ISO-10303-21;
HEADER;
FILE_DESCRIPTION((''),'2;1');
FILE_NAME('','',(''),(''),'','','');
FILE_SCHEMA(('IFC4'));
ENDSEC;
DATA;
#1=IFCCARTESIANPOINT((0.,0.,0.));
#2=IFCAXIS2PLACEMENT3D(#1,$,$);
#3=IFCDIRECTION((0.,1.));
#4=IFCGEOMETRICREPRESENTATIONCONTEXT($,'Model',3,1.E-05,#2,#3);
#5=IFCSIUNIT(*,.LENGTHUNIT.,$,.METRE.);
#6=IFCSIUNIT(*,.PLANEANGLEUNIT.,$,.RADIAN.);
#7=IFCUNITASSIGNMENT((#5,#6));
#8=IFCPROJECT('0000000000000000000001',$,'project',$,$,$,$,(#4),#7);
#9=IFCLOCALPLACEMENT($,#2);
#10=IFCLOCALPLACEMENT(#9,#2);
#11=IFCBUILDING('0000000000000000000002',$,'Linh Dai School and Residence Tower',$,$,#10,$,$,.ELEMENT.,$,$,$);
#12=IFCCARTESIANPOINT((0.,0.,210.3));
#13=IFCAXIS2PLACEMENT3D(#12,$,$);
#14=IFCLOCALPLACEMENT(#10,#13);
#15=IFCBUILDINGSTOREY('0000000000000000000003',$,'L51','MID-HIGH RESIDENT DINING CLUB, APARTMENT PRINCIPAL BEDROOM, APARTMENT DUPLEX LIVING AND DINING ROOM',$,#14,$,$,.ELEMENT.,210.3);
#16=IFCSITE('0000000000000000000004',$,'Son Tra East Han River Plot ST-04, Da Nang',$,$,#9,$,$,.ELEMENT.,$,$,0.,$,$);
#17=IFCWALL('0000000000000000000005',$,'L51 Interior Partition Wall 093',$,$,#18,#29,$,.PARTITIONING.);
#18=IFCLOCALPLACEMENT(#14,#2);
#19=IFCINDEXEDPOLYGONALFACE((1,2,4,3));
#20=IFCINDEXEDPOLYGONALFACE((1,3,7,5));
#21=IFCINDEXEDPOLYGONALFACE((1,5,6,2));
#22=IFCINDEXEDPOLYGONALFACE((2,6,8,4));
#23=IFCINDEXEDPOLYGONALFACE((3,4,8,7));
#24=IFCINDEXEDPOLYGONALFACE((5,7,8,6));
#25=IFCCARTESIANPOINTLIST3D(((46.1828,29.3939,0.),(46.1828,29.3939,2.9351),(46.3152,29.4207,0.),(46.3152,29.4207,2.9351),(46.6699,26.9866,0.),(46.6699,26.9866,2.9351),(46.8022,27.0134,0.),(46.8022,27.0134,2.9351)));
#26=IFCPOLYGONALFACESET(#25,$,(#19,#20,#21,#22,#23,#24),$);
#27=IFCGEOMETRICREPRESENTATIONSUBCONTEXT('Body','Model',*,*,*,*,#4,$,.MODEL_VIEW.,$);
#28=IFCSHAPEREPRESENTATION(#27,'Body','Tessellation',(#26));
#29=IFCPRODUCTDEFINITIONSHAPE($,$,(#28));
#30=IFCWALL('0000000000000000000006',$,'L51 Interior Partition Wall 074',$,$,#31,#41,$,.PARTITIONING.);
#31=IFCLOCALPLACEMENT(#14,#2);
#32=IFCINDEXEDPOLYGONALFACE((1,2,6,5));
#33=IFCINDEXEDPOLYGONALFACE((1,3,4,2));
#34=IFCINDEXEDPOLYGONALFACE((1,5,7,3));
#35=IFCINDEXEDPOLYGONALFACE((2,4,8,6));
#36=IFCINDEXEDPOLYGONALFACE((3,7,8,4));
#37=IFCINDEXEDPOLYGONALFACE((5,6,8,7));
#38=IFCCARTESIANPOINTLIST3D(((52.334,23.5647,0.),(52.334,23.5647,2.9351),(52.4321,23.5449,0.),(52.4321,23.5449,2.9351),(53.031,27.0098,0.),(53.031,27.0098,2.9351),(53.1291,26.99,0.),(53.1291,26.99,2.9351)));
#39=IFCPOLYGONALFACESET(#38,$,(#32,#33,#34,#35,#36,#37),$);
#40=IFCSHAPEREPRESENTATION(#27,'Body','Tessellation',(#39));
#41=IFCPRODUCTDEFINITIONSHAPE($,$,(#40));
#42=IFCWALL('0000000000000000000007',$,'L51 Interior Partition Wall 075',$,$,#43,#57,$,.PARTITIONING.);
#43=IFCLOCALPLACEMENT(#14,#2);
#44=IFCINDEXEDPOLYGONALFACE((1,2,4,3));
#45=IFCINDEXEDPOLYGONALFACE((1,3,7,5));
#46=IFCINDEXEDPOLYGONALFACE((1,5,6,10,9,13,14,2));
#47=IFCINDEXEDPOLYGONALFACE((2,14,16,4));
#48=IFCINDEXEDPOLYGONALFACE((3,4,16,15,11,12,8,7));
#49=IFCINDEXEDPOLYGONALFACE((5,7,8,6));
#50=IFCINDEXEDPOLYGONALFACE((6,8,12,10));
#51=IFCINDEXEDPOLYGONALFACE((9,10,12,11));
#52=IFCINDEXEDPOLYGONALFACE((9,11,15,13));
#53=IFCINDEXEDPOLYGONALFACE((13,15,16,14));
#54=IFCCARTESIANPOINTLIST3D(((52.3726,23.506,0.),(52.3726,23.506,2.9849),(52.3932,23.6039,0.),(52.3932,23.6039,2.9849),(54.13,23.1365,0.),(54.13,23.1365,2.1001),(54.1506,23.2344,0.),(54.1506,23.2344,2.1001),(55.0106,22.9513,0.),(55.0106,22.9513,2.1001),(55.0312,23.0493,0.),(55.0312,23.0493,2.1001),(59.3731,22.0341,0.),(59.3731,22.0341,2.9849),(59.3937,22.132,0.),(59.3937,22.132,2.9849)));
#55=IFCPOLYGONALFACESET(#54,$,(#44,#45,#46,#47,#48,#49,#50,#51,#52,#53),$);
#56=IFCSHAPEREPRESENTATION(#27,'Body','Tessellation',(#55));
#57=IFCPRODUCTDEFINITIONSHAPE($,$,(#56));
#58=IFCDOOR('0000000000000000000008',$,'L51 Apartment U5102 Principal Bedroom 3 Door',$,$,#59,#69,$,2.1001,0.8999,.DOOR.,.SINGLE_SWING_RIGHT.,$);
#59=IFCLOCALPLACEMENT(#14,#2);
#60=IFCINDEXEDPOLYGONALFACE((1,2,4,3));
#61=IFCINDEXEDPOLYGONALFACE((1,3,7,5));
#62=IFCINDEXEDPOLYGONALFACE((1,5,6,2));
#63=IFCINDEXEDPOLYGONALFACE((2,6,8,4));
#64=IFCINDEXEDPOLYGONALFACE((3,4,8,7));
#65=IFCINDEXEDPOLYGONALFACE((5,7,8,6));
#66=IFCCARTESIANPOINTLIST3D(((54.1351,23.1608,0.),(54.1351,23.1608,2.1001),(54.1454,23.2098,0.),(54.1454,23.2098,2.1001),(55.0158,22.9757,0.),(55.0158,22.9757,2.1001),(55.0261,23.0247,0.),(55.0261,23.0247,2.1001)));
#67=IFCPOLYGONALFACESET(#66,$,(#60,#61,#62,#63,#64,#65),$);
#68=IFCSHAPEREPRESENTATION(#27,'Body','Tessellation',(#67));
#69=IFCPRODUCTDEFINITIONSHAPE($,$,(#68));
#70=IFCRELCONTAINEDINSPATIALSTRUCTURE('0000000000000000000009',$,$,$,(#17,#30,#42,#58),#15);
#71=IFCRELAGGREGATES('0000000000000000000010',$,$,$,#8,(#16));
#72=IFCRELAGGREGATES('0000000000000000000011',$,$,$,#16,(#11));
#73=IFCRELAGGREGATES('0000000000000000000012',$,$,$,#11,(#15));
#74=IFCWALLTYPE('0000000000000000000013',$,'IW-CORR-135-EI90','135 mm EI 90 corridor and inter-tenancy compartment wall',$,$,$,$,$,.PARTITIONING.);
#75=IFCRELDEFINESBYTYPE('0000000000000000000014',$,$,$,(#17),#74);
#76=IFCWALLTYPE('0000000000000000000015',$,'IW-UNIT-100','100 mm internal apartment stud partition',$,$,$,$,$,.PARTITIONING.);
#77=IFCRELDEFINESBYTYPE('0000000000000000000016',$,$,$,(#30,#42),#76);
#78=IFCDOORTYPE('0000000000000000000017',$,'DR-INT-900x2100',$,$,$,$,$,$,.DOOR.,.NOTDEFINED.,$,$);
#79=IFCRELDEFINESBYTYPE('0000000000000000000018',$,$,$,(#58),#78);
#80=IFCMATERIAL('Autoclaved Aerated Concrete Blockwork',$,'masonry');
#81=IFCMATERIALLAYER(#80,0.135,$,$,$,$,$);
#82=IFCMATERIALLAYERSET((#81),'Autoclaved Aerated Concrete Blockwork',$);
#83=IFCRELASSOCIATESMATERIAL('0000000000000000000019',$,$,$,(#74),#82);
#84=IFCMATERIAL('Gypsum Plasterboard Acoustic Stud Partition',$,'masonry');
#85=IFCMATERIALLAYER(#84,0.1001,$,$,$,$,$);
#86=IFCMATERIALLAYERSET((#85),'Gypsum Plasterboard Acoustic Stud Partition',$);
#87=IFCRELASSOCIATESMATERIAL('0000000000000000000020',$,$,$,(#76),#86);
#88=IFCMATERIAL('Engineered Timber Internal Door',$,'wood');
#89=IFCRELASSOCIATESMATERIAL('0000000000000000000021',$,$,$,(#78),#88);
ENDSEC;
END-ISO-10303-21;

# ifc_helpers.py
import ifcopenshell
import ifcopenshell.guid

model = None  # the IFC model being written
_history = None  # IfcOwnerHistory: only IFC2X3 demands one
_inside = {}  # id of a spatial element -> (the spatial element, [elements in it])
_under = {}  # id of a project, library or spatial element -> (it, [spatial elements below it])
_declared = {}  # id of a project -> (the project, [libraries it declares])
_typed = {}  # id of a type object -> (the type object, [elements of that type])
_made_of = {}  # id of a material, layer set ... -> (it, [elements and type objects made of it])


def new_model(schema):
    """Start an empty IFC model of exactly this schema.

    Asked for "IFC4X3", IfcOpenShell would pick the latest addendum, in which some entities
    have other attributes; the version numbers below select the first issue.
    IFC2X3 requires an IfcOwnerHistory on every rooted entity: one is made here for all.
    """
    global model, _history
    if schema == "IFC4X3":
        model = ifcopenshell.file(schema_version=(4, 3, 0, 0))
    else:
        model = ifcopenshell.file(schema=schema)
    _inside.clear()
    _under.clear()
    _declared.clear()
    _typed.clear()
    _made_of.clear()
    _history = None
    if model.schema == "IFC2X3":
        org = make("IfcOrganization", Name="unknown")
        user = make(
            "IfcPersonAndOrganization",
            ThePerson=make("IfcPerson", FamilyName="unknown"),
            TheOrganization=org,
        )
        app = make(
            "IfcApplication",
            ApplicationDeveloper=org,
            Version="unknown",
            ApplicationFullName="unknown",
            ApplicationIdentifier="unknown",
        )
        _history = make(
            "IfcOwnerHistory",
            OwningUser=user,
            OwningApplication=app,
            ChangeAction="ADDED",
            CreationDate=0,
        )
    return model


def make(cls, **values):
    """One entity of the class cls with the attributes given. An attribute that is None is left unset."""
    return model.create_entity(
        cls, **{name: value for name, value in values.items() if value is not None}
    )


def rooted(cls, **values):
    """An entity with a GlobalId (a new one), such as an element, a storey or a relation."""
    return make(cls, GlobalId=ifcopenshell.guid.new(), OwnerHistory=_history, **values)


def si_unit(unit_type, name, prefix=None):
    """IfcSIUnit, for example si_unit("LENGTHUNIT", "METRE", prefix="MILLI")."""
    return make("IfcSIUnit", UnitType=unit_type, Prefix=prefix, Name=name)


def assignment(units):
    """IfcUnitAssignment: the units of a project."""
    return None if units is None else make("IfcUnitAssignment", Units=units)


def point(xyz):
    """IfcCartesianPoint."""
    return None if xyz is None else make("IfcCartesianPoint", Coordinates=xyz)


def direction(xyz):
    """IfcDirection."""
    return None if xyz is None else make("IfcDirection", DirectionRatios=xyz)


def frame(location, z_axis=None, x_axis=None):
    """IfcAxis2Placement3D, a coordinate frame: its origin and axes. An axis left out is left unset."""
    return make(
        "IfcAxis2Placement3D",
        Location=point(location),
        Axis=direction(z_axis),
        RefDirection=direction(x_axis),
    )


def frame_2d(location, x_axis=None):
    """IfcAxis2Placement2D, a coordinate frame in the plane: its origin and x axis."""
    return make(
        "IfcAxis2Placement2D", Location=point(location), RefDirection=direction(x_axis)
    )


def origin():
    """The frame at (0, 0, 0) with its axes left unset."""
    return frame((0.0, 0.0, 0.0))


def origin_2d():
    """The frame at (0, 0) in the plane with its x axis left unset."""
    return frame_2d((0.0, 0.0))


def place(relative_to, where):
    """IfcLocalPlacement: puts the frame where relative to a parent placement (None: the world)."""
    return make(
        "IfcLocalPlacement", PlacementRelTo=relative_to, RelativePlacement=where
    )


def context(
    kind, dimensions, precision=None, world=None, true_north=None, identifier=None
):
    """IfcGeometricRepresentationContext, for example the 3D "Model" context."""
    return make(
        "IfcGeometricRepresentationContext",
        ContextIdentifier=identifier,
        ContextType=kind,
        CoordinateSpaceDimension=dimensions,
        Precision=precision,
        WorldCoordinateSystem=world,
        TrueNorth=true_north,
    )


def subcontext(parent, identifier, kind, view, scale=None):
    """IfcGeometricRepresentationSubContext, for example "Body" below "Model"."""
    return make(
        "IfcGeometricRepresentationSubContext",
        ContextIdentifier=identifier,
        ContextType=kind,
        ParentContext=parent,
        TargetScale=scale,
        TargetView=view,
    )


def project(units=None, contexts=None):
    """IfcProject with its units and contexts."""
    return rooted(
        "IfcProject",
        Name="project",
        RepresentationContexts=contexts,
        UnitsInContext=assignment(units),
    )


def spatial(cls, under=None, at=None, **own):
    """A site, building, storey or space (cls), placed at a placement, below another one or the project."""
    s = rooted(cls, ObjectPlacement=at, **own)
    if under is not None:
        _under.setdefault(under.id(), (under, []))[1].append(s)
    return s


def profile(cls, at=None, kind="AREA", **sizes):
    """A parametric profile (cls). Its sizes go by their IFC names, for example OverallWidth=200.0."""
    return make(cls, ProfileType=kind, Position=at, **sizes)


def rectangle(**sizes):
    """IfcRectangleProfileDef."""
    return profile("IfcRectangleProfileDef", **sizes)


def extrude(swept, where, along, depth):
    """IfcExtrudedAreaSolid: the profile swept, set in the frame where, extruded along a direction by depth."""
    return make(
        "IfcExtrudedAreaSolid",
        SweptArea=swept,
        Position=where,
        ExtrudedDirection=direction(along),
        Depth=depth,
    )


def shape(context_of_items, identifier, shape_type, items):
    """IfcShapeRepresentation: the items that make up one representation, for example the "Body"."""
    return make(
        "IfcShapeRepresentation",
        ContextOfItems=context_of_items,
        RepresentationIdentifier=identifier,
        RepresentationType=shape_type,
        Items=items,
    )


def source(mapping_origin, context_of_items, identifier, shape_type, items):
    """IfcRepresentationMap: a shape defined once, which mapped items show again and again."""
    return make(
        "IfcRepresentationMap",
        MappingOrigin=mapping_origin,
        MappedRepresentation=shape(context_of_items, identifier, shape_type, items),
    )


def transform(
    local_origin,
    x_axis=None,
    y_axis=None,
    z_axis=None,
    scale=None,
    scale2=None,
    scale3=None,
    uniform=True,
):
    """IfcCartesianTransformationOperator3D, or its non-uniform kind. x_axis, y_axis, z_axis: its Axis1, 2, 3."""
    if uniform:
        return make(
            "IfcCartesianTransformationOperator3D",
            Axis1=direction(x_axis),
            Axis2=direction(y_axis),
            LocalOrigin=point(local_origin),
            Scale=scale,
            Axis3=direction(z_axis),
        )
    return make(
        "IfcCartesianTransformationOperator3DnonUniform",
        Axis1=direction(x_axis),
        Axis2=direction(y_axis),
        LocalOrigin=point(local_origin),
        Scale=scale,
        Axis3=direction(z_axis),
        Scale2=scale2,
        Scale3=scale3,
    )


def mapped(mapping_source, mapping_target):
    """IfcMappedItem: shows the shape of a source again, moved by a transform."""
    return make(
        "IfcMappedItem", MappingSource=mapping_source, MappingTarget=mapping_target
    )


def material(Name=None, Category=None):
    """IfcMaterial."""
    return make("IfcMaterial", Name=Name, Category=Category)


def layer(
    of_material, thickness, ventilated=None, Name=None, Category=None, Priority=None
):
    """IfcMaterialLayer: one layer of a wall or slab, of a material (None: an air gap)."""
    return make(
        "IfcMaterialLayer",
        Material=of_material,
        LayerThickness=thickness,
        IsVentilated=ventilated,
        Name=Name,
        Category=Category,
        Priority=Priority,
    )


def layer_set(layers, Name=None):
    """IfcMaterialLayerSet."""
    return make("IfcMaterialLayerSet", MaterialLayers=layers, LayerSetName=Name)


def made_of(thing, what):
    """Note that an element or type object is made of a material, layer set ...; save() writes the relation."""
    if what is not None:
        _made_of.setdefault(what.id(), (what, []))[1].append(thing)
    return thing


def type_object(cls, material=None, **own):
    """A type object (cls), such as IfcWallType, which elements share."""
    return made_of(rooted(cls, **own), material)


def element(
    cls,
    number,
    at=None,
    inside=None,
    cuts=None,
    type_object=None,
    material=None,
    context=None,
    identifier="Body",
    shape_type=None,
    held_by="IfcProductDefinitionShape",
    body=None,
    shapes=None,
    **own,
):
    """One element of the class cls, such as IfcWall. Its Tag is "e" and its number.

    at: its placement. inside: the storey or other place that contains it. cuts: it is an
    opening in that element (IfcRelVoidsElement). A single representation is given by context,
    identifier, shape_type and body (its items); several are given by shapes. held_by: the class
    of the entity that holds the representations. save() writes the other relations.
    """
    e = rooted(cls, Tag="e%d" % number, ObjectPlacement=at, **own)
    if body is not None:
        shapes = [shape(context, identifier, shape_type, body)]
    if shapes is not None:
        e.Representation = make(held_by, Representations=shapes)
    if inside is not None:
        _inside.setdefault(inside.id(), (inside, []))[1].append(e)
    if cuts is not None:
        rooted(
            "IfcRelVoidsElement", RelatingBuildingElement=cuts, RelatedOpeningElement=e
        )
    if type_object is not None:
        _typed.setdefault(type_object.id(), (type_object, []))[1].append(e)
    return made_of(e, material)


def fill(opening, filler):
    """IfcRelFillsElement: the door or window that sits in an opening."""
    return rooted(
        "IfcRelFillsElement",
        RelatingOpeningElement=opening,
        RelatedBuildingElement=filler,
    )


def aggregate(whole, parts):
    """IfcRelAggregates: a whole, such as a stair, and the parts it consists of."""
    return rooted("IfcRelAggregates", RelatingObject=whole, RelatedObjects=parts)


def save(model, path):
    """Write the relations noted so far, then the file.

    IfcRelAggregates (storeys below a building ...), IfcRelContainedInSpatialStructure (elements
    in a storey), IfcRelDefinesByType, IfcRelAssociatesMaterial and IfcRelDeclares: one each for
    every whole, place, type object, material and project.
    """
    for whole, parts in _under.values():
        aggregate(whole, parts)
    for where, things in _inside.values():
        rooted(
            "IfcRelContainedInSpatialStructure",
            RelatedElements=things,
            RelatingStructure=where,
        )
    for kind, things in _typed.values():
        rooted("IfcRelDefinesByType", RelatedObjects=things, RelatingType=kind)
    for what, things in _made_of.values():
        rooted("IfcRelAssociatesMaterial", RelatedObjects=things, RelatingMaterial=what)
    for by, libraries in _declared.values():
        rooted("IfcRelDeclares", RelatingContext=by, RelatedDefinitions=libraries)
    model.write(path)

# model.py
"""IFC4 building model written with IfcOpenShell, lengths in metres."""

from ifc_helpers import new_model, si_unit, direction, frame, frame_2d, origin, origin_2d, place, context, subcontext, project, spatial, rectangle, extrude, source, transform, mapped, material, layer, layer_set, type_object, element, fill, save


model = new_model("IFC4")

# Units and contexts
model_context = context("Model", 3, precision=1e-05, world=origin(), true_north=direction((0.0, 1.0)))
body_context = subcontext(model_context, "Body", "Model", "MODEL_VIEW")
ifc_project = project(units=[si_unit("LENGTHUNIT", "METRE"), si_unit("PLANEANGLEUNIT", "RADIAN")], contexts=[model_context])

# Site, building, storey
site_placement = place(None, origin())
site = spatial("IfcSite", under=ifc_project, at=site_placement, Name="Son Tra East Han River Plot ST-04, Da Nang", CompositionType="ELEMENT", RefElevation=0.0)
building_placement = place(site_placement, origin())
building = spatial("IfcBuilding", under=site, at=building_placement, Name="Linh Dai School and Residence Tower", CompositionType="ELEMENT")
storey_placement = place(building_placement, frame((0.0, 0.0, 210.3)))
storey = spatial("IfcBuildingStorey", under=building, at=storey_placement, Name="L51", Description="MID-HIGH RESIDENT DINING CLUB, APARTMENT PRINCIPAL BEDROOM, APARTMENT DUPLEX LIVING AND DINING ROOM", CompositionType="ELEMENT", Elevation=210.3)

# Walls
ifc_material_1 = material(Name="Autoclaved Aerated Concrete Blockwork", Category="masonry")
ifc_layer_1 = layer(ifc_material_1, 0.135)
ifc_layer_set_1 = layer_set([ifc_layer_1], Name="Autoclaved Aerated Concrete Blockwork")
wall_type_1 = type_object("IfcWallType", Name="IW-CORR-135-EI90", Description="135 mm EI 90 corridor and inter-tenancy compartment wall", PredefinedType="PARTITIONING", material=ifc_layer_set_1)
wall_1_placement = place(storey_placement, frame((46.7361, 27.0, 0.0), z_axis=(0.0, 0.0, 1.0), x_axis=(-0.198314, 0.980139, 0.0)))
element("IfcWall", 1, at=wall_1_placement, inside=storey, type_object=wall_type_1, Name="L51 Interior Partition Wall 093", PredefinedType="PARTITIONING", context=body_context, shape_type="SweptSolid", body=[
    extrude(rectangle(XDim=2.4561, YDim=0.135, at=frame_2d((1.228, 0.0))), origin(), (0.0, 0.0, 1.0), 2.9351),
])
ifc_material_2 = material(Name="Gypsum Plasterboard Acoustic Stud Partition", Category="masonry")
ifc_layer_2 = layer(ifc_material_2, 0.1001)
ifc_layer_set_2 = layer_set([ifc_layer_2], Name="Gypsum Plasterboard Acoustic Stud Partition")
wall_type_2 = type_object("IfcWallType", Name="IW-UNIT-100", Description="100 mm internal apartment stud partition", PredefinedType="PARTITIONING", material=ifc_layer_set_2)
wall_2_placement = place(storey_placement, frame((52.3831, 23.5549, 0.0), z_axis=(0.0, 0.0, 1.0), x_axis=(0.198306, 0.98014, 0.0)))
element("IfcWall", 2, at=wall_2_placement, inside=storey, type_object=wall_type_2, Name="L51 Interior Partition Wall 074", PredefinedType="PARTITIONING", context=body_context, shape_type="SweptSolid", body=[
    extrude(rectangle(XDim=3.5149, YDim=0.1001, at=frame_2d((1.7573, 0.0))), origin(), (0.0, 0.0, 1.0), 2.9351),
])

# Wall, opening, door
wall_3_placement = place(storey_placement, frame((52.3831, 23.5549, 0.0), z_axis=(0.0, 0.0, 1.0), x_axis=(0.978602, -0.205761, 0.0)))
wall_3 = element("IfcWall", 3, at=wall_3_placement, inside=storey, type_object=wall_type_2, Name="L51 Interior Partition Wall 075", PredefinedType="PARTITIONING", context=body_context, shape_type="SweptSolid", body=[
    extrude(rectangle(XDim=7.1536, YDim=0.1001, at=frame_2d((3.5767, 0.0))), origin(), (0.0, 0.0, 1.0), 2.9849),
])
opening_1_placement = place(wall_3_placement, frame((1.7957, 0.0, 0.0)))
opening_1 = element("IfcOpeningElement", 4, at=opening_1_placement, cuts=wall_3, PredefinedType="OPENING", context=body_context, shape_type="SweptSolid", body=[
    extrude(rectangle(XDim=0.8999, YDim=2.1001, at=origin_2d()), frame((0.45, 0.0601, 1.05), z_axis=(0.0, -1.0, 0.0), x_axis=(1.0, 0.0, 0.0)), (0.0, 0.0, 1.0), 0.1201),
])
ifc_material_3 = material(Name="Engineered Timber Internal Door", Category="wood")
door_type_1 = type_object("IfcDoorType", Name="DR-INT-900x2100", OperationType="NOTDEFINED", PredefinedType="DOOR", material=ifc_material_3)
shared_shape_1 = source(origin(), body_context, "Body", "SweptSolid", [
    extrude(rectangle(XDim=0.8999, YDim=2.1001, at=origin_2d()), frame((0.45, 0.0249, 1.05), z_axis=(0.0, -1.0, 0.0), x_axis=(1.0, 0.0, 0.0)), (0.0, 0.0, 1.0), 0.05),
])
door_1_placement = place(opening_1_placement, origin())
door_1 = element("IfcDoor", 5, at=door_1_placement, inside=storey, type_object=door_type_1, Name="L51 Apartment U5102 Principal Bedroom 3 Door", OperationType="SINGLE_SWING_RIGHT", OverallHeight=2.1001, OverallWidth=0.8999, PredefinedType="DOOR", context=body_context, shape_type="MappedRepresentation", body=[
    mapped(shared_shape_1, transform((0.0, 0.0, 0.0), x_axis=(1.0, 0.0, 0.0), y_axis=(0.0, 1.0, 0.0), z_axis=(0.0, 0.0, 1.0), scale=1.0)),
])
fill(opening_1, door_1)

save(model, "model.ifc")
